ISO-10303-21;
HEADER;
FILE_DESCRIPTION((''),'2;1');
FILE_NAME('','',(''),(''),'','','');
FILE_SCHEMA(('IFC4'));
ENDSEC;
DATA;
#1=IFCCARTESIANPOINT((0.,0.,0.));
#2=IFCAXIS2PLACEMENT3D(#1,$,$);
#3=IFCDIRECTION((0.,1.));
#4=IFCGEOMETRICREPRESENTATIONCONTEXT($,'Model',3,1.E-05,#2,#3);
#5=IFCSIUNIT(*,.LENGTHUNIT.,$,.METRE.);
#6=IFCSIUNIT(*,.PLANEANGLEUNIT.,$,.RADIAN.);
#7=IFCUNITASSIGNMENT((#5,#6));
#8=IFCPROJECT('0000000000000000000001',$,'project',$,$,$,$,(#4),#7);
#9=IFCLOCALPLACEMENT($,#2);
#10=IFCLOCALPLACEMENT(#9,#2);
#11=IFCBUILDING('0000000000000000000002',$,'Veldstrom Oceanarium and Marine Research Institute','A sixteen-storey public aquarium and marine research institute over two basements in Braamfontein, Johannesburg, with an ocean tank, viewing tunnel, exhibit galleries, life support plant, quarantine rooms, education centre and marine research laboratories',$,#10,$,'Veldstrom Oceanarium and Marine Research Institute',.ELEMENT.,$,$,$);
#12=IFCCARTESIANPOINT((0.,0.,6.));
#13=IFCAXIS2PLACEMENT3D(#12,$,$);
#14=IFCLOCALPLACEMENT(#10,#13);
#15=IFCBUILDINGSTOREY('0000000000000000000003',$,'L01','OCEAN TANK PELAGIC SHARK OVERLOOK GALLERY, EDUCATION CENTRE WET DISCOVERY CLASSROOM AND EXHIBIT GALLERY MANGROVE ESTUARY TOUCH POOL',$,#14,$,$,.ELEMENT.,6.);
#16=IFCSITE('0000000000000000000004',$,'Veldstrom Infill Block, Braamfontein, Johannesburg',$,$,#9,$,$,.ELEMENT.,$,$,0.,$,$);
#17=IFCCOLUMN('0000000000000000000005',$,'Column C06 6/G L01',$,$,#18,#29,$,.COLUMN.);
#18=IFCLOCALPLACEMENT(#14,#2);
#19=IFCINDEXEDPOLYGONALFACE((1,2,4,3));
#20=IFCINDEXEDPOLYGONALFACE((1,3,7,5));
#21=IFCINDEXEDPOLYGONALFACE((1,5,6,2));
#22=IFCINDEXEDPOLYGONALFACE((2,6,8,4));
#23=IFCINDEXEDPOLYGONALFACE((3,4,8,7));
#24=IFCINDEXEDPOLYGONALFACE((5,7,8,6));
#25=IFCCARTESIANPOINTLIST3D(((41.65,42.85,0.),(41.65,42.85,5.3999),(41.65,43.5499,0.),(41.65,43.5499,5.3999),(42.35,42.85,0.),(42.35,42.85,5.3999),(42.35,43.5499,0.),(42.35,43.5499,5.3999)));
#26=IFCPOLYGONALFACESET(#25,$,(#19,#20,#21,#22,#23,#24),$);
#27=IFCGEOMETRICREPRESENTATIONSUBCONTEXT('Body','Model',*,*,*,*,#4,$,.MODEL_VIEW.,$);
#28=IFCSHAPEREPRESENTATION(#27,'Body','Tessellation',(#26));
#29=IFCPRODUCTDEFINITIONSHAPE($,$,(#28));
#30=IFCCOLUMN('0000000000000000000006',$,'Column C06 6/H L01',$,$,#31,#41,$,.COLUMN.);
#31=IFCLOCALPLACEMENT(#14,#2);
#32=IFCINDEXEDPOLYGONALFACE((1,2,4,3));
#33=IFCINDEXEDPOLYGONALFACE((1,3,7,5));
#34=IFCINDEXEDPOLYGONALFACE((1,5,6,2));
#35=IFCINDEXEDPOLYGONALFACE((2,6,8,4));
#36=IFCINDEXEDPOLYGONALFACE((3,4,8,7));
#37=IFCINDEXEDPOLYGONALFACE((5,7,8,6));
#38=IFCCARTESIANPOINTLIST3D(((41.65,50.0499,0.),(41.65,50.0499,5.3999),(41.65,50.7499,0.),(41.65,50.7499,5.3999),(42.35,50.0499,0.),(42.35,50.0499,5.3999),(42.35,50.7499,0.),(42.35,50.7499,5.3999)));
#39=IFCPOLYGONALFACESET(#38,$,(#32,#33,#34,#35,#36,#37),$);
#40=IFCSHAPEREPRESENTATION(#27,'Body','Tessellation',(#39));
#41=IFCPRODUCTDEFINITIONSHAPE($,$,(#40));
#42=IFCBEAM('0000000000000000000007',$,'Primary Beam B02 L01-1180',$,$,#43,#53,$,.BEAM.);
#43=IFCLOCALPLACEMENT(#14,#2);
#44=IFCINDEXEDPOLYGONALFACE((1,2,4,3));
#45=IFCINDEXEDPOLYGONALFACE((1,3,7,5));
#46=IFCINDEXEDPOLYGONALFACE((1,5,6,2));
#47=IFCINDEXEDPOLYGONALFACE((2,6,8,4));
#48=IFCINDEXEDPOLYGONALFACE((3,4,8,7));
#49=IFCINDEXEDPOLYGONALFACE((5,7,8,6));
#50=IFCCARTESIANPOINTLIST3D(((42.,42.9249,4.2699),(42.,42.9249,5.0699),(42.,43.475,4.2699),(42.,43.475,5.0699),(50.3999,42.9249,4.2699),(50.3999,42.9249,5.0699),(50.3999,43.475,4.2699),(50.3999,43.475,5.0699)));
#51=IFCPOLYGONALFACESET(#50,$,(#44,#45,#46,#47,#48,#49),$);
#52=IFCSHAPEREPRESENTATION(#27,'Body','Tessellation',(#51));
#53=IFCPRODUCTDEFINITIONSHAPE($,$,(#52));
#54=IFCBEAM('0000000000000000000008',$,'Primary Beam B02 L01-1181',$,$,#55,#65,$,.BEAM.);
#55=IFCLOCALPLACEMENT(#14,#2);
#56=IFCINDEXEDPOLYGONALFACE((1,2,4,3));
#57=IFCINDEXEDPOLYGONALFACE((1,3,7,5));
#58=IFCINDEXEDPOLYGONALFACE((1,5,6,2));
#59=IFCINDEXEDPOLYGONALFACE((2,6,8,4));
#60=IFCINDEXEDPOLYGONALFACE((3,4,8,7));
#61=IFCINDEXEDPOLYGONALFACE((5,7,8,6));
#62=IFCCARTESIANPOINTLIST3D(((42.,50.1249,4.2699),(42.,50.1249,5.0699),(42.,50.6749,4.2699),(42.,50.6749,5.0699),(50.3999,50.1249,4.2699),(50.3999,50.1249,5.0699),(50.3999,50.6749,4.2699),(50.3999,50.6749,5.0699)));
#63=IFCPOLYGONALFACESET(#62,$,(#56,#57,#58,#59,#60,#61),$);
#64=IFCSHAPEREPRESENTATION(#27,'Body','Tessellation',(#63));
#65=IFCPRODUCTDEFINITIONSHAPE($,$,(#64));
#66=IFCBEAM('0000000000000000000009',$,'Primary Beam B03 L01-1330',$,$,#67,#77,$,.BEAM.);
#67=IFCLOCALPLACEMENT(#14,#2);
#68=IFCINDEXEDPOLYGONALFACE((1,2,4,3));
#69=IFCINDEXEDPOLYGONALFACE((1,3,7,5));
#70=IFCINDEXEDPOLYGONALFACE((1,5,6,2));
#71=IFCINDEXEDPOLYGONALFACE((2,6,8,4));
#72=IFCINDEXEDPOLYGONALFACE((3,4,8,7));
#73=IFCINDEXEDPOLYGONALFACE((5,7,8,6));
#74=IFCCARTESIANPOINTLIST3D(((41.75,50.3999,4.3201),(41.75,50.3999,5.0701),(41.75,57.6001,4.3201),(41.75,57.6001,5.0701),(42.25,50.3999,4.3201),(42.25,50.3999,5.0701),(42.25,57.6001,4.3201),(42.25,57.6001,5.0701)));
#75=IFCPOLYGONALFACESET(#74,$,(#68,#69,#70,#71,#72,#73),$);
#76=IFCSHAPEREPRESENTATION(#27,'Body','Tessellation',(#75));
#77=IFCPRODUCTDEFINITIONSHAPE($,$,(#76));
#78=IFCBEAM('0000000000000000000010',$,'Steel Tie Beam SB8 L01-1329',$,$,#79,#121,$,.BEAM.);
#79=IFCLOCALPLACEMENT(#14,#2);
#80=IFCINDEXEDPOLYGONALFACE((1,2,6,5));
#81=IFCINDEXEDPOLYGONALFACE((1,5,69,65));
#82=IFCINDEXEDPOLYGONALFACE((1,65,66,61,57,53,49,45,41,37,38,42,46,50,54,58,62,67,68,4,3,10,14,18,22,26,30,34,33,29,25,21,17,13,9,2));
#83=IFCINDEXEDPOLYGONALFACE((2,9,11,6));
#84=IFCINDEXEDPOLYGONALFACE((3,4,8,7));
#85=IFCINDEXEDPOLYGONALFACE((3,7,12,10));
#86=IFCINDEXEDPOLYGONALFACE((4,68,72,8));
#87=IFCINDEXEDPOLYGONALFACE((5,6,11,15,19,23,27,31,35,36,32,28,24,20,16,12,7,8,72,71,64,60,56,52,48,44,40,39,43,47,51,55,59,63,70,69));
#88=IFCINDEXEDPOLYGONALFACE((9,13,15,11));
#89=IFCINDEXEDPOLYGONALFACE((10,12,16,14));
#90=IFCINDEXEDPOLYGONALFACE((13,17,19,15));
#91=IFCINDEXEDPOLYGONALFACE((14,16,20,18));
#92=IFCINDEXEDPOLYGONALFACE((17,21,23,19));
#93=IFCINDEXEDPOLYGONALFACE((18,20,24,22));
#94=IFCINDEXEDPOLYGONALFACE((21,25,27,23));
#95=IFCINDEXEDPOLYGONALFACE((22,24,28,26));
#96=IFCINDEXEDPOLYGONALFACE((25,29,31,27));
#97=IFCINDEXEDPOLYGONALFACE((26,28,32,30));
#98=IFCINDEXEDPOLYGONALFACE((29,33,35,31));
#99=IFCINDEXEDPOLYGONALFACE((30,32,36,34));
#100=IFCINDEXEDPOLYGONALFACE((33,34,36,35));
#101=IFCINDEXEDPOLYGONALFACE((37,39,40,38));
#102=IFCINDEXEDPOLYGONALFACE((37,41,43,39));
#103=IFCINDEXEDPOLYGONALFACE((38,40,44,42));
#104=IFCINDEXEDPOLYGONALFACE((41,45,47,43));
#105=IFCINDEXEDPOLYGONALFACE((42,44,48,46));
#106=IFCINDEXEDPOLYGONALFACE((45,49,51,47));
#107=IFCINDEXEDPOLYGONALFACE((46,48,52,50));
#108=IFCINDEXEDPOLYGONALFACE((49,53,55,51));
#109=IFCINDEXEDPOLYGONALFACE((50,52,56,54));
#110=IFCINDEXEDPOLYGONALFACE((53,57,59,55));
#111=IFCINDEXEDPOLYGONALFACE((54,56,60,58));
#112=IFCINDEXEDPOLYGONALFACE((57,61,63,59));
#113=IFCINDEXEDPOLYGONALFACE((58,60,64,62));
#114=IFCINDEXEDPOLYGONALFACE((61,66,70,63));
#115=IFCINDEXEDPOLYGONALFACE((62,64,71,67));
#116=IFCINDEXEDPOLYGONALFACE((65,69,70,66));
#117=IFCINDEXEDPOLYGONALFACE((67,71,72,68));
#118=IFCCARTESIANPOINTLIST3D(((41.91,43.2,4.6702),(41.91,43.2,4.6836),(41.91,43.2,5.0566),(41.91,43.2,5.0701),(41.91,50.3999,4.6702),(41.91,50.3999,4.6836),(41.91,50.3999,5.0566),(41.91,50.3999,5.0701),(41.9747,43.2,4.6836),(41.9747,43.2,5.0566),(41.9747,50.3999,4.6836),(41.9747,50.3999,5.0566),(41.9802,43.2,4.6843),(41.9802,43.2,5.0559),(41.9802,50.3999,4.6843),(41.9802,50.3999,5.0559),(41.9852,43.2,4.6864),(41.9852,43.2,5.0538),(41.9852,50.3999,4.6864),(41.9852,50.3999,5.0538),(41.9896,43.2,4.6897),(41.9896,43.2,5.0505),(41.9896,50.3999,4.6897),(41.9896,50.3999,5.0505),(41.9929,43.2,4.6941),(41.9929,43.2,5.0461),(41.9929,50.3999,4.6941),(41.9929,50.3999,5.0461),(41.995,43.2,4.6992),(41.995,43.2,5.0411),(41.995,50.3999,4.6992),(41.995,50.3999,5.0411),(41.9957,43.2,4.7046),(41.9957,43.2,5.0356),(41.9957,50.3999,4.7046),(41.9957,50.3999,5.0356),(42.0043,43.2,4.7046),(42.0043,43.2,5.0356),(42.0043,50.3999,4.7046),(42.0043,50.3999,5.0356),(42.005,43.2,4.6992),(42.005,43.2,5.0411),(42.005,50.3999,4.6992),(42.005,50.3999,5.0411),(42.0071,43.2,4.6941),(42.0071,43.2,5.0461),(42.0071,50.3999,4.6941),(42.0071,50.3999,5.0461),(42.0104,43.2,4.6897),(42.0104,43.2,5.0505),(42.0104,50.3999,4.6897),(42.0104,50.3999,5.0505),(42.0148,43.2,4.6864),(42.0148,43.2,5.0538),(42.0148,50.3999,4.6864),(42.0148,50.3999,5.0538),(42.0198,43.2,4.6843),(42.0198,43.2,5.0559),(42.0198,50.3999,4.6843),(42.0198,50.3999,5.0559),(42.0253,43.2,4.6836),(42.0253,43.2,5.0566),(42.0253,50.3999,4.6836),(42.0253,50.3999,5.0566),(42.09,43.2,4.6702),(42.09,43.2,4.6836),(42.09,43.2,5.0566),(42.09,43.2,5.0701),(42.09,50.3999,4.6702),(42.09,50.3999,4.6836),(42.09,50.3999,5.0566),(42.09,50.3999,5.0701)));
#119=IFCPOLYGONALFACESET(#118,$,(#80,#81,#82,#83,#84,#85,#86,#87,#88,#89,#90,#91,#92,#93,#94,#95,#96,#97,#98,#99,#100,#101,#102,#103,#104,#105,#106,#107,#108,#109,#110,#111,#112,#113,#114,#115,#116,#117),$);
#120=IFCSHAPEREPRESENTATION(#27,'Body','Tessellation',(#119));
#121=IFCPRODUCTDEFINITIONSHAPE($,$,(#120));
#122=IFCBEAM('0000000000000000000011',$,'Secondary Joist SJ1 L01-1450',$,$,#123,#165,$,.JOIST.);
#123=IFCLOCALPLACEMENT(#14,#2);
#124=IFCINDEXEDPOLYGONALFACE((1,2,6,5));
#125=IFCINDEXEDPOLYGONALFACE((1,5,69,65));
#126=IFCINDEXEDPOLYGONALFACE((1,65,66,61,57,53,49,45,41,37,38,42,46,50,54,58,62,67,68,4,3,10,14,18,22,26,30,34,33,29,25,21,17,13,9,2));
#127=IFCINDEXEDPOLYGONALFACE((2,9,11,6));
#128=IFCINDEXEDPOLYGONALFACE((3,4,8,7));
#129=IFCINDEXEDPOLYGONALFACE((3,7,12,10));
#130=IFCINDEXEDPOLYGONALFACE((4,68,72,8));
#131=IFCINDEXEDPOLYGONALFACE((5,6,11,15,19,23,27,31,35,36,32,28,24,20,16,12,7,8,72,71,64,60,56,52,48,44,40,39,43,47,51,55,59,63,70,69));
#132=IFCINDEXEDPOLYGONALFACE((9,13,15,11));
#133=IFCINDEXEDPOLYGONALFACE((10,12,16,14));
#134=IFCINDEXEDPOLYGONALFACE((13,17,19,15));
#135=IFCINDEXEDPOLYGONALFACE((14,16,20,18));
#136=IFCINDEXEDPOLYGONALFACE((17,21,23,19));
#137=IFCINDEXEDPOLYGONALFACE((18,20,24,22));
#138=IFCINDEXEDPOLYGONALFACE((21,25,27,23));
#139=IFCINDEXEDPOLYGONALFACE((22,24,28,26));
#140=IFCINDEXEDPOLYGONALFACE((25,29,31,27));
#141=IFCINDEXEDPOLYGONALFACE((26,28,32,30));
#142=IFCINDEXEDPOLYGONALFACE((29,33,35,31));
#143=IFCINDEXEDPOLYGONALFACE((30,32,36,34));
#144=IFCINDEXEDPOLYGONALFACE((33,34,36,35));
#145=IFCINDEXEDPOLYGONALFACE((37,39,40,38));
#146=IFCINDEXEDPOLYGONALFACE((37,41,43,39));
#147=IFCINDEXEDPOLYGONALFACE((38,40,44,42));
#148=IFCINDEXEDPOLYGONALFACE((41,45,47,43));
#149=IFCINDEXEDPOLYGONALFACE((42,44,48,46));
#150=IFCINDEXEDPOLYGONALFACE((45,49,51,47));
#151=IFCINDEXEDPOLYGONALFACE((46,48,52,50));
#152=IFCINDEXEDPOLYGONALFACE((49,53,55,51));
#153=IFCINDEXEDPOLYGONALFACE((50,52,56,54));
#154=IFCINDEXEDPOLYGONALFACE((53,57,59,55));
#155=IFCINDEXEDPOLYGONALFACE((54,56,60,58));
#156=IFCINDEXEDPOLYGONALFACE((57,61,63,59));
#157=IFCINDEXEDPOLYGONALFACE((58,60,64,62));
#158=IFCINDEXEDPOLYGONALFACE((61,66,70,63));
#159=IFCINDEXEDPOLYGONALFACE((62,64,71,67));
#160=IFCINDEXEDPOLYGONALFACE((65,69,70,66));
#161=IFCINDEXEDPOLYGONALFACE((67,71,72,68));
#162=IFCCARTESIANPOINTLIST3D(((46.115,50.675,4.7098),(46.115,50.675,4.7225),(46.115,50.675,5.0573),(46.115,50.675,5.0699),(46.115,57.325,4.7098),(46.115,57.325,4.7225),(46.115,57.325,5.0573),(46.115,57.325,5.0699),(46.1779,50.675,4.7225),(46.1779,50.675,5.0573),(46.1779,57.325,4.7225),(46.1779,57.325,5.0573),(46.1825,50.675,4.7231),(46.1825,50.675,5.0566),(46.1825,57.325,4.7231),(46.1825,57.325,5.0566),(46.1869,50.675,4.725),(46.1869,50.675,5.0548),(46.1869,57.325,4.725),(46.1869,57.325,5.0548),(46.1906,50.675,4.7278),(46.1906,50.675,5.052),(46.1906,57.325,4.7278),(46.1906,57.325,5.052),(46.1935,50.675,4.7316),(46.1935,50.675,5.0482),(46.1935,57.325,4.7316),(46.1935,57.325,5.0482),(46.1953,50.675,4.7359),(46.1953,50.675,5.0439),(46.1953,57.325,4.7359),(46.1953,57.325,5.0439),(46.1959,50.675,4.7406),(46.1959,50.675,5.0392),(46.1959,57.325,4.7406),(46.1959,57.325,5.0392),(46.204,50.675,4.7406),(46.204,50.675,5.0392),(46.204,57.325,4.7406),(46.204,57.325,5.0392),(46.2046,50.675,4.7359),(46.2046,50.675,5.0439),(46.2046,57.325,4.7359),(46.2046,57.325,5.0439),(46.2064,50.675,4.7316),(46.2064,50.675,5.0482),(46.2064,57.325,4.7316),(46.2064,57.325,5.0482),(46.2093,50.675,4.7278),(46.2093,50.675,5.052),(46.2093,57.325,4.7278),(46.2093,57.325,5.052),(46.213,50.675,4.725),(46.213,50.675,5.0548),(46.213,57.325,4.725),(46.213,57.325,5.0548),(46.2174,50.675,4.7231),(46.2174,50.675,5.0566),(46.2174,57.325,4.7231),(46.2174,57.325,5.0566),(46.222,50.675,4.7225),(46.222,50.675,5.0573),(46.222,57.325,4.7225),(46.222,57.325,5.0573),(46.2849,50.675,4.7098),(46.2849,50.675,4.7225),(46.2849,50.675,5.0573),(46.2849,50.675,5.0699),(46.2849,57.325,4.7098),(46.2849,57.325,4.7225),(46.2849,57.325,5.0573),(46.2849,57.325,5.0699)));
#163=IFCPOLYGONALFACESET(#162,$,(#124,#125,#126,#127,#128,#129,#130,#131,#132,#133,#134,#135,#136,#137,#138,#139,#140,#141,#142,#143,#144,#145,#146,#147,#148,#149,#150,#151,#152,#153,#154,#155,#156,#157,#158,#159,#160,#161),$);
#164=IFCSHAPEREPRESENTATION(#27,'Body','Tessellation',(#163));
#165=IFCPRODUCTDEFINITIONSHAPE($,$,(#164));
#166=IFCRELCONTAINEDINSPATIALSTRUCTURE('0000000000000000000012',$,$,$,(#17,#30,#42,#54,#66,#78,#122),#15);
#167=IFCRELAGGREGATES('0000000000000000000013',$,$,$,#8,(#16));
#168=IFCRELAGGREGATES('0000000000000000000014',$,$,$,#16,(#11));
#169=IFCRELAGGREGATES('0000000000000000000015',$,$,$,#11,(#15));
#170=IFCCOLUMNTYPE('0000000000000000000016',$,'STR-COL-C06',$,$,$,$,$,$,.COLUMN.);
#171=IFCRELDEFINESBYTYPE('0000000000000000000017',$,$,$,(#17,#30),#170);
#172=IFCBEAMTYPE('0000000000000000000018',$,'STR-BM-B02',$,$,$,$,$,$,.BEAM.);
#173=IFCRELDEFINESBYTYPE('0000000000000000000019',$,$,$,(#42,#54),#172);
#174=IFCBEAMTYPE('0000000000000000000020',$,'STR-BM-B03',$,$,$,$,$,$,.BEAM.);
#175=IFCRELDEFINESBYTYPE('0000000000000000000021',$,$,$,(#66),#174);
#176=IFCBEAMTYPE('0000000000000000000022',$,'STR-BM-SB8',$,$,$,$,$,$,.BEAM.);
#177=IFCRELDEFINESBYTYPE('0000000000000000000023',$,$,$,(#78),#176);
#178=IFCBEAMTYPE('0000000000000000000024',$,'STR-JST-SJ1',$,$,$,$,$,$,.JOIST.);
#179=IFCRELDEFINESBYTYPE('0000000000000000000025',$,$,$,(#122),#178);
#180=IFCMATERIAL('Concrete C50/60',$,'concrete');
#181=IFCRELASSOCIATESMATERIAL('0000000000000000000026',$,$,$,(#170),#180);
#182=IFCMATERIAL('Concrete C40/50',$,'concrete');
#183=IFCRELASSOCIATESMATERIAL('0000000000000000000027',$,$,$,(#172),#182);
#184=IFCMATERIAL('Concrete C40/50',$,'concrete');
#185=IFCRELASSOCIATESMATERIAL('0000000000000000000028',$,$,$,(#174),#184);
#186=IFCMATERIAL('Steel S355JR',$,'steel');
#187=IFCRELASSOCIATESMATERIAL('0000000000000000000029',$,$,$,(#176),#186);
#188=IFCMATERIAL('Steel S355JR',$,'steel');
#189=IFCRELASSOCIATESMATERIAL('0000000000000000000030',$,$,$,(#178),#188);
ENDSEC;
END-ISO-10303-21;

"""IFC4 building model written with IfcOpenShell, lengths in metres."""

from ifc_helpers import new_model, si_unit, direction, frame, origin, origin_2d, place, context, subcontext, project, spatial, rectangle, i_section, extrude, material, material_profile, profile_set, type_object, element, save


model = new_model("IFC4")

# Units and contexts
model_context = context("Model", 3, precision=1e-05, world=origin(), true_north=direction((0.0, 1.0)))
body_context = subcontext(model_context, "Body", "Model", "MODEL_VIEW")
ifc_project = project(units=[si_unit("LENGTHUNIT", "METRE"), si_unit("PLANEANGLEUNIT", "RADIAN")], contexts=[model_context])

# Site, building, storey
site_placement = place(None, origin())
site = spatial("IfcSite", under=ifc_project, at=site_placement, Name="Veldstrom Infill Block, Braamfontein, Johannesburg", CompositionType="ELEMENT", RefElevation=0.0)
building_placement = place(site_placement, origin())
building = spatial("IfcBuilding", under=site, at=building_placement, Name="Veldstrom Oceanarium and Marine Research Institute", Description="A sixteen-storey public aquarium and marine research institute over two basements in Braamfontein, Johannesburg, with an ocean tank, viewing tunnel, exhibit galleries, life support plant, quarantine rooms, education centre and marine research laboratories", LongName="Veldstrom Oceanarium and Marine Research Institute", CompositionType="ELEMENT")
storey_placement = place(building_placement, frame((0.0, 0.0, 6.0)))
storey = spatial("IfcBuildingStorey", under=building, at=storey_placement, Name="L01", Description="OCEAN TANK PELAGIC SHARK OVERLOOK GALLERY, EDUCATION CENTRE WET DISCOVERY CLASSROOM AND EXHIBIT GALLERY MANGROVE ESTUARY TOUCH POOL", CompositionType="ELEMENT", Elevation=6.0)

# Columns
ifc_material_1 = material(Name="Concrete C50/60", Category="concrete")
ifc_material_profile_1 = material_profile(ifc_material_1, rectangle(XDim=0.7, YDim=0.7, at=origin_2d()), Name="RC-COL-700x700")
ifc_profile_set_1 = profile_set([ifc_material_profile_1], Name="Concrete C50/60")
column_type = type_object("IfcColumnType", Name="STR-COL-C06", PredefinedType="COLUMN", material=ifc_profile_set_1)
for number, where, z_axis, x_axis, name in (
    (1, (42.0, 43.2, 0.0), (0.0, 0.0, 1.0), (1.0, 0.0, 0.0), "Column C06 6/G L01"),
    (2, (42.0, 50.3999, 0.0), (0.0, 0.0, 1.0), (1.0, 0.0, 0.0), "Column C06 6/H L01"),
):
    element("IfcColumn", number, at=place(storey_placement, frame(where, z_axis=z_axis, x_axis=x_axis)), inside=storey, type_object=column_type, Name=name, PredefinedType="COLUMN", context=body_context, shape_type="SweptSolid", body=[
        extrude(rectangle(XDim=0.7, YDim=0.7, at=origin_2d()), origin(), (0.0, 0.0, 1.0), 5.3999),
    ])

# Beams
ifc_material_2 = material(Name="Concrete C40/50", Category="concrete")
ifc_material_profile_2 = material_profile(ifc_material_2, rectangle(XDim=0.55, YDim=0.8, at=origin_2d()), Name="RC-BM-550x800")
ifc_profile_set_2 = profile_set([ifc_material_profile_2], Name="Concrete C40/50")
beam_type_1 = type_object("IfcBeamType", Name="STR-BM-B02", PredefinedType="BEAM", material=ifc_profile_set_2)
for number, where, z_axis, x_axis, name in (
    (3, (42.0, 43.2, 4.6699), (1.0, 0.0, 0.0), (0.0, 1.0, 0.0), "Primary Beam B02 L01-1180"),
    (4, (42.0, 50.3999, 4.6699), (1.0, 0.0, 0.0), (0.0, 1.0, 0.0), "Primary Beam B02 L01-1181"),
):
    element("IfcBeam", number, at=place(storey_placement, frame(where, z_axis=z_axis, x_axis=x_axis)), inside=storey, type_object=beam_type_1, Name=name, PredefinedType="BEAM", context=body_context, shape_type="SweptSolid", body=[
        extrude(rectangle(XDim=0.55, YDim=0.8, at=origin_2d()), origin(), (0.0, 0.0, 1.0), 8.3999),
    ])
ifc_material_3 = material(Name="Concrete C40/50", Category="concrete")
ifc_material_profile_3 = material_profile(ifc_material_3, rectangle(XDim=0.5, YDim=0.75, at=origin_2d()), Name="RC-BM-500x750")
ifc_profile_set_3 = profile_set([ifc_material_profile_3], Name="Concrete C40/50")
beam_type_2 = type_object("IfcBeamType", Name="STR-BM-B03", PredefinedType="BEAM", material=ifc_profile_set_3)
beam_1_placement = place(storey_placement, frame((42.0, 50.3999, 4.6951), z_axis=(0.0, 1.0, 0.0), x_axis=(-1.0, 0.0, 0.0)))
element("IfcBeam", 5, at=beam_1_placement, inside=storey, type_object=beam_type_2, Name="Primary Beam B03 L01-1330", PredefinedType="BEAM", context=body_context, shape_type="SweptSolid", body=[
    extrude(rectangle(XDim=0.5, YDim=0.75, at=origin_2d()), origin(), (0.0, 0.0, 1.0), 7.2002),
])
ifc_material_4 = material(Name="Steel S355JR", Category="steel")
ifc_material_profile_4 = material_profile(ifc_material_4, i_section(OverallWidth=0.1799, OverallDepth=0.3999, WebThickness=0.0085, FlangeThickness=0.0134, FilletRadius=0.021, at=origin_2d()), Name="IPE 400")
ifc_profile_set_4 = profile_set([ifc_material_profile_4], Name="Steel S355JR")
beam_type_3 = type_object("IfcBeamType", Name="STR-BM-SB8", PredefinedType="BEAM", material=ifc_profile_set_4)
beam_2_placement = place(storey_placement, frame((42.0, 43.2, 4.8701), z_axis=(0.0, 1.0, 0.0), x_axis=(-1.0, 0.0, 0.0)))
element("IfcBeam", 6, at=beam_2_placement, inside=storey, type_object=beam_type_3, Name="Steel Tie Beam SB8 L01-1329", PredefinedType="BEAM", context=body_context, shape_type="SweptSolid", body=[
    extrude(i_section(OverallWidth=0.1799, OverallDepth=0.3999, WebThickness=0.0085, FlangeThickness=0.0134, FilletRadius=0.021, at=origin_2d()), origin(), (0.0, 0.0, 1.0), 7.2),
])
ifc_material_5 = material(Name="Steel S355JR", Category="steel")
ifc_material_profile_5 = material_profile(ifc_material_5, i_section(OverallWidth=0.1699, OverallDepth=0.3601, WebThickness=0.0081, FlangeThickness=0.0127, FilletRadius=0.0181, at=origin_2d()), Name="IPE 360")
ifc_profile_set_5 = profile_set([ifc_material_profile_5], Name="Steel S355JR")
beam_type_4 = type_object("IfcBeamType", Name="STR-JST-SJ1", PredefinedType="JOIST", material=ifc_profile_set_5)
beam_3_placement = place(storey_placement, frame((46.2, 50.675, 4.8899), z_axis=(0.0, 1.0, 0.0), x_axis=(-1.0, 0.0, 0.0)))
element("IfcBeam", 7, at=beam_3_placement, inside=storey, type_object=beam_type_4, Name="Secondary Joist SJ1 L01-1450", PredefinedType="JOIST", context=body_context, shape_type="SweptSolid", body=[
    extrude(i_section(OverallWidth=0.1699, OverallDepth=0.3601, WebThickness=0.0081, FlangeThickness=0.0127, FilletRadius=0.0181, at=origin_2d()), origin(), (0.0, 0.0, 1.0), 6.6499),
])

save(model, "model.ifc")
